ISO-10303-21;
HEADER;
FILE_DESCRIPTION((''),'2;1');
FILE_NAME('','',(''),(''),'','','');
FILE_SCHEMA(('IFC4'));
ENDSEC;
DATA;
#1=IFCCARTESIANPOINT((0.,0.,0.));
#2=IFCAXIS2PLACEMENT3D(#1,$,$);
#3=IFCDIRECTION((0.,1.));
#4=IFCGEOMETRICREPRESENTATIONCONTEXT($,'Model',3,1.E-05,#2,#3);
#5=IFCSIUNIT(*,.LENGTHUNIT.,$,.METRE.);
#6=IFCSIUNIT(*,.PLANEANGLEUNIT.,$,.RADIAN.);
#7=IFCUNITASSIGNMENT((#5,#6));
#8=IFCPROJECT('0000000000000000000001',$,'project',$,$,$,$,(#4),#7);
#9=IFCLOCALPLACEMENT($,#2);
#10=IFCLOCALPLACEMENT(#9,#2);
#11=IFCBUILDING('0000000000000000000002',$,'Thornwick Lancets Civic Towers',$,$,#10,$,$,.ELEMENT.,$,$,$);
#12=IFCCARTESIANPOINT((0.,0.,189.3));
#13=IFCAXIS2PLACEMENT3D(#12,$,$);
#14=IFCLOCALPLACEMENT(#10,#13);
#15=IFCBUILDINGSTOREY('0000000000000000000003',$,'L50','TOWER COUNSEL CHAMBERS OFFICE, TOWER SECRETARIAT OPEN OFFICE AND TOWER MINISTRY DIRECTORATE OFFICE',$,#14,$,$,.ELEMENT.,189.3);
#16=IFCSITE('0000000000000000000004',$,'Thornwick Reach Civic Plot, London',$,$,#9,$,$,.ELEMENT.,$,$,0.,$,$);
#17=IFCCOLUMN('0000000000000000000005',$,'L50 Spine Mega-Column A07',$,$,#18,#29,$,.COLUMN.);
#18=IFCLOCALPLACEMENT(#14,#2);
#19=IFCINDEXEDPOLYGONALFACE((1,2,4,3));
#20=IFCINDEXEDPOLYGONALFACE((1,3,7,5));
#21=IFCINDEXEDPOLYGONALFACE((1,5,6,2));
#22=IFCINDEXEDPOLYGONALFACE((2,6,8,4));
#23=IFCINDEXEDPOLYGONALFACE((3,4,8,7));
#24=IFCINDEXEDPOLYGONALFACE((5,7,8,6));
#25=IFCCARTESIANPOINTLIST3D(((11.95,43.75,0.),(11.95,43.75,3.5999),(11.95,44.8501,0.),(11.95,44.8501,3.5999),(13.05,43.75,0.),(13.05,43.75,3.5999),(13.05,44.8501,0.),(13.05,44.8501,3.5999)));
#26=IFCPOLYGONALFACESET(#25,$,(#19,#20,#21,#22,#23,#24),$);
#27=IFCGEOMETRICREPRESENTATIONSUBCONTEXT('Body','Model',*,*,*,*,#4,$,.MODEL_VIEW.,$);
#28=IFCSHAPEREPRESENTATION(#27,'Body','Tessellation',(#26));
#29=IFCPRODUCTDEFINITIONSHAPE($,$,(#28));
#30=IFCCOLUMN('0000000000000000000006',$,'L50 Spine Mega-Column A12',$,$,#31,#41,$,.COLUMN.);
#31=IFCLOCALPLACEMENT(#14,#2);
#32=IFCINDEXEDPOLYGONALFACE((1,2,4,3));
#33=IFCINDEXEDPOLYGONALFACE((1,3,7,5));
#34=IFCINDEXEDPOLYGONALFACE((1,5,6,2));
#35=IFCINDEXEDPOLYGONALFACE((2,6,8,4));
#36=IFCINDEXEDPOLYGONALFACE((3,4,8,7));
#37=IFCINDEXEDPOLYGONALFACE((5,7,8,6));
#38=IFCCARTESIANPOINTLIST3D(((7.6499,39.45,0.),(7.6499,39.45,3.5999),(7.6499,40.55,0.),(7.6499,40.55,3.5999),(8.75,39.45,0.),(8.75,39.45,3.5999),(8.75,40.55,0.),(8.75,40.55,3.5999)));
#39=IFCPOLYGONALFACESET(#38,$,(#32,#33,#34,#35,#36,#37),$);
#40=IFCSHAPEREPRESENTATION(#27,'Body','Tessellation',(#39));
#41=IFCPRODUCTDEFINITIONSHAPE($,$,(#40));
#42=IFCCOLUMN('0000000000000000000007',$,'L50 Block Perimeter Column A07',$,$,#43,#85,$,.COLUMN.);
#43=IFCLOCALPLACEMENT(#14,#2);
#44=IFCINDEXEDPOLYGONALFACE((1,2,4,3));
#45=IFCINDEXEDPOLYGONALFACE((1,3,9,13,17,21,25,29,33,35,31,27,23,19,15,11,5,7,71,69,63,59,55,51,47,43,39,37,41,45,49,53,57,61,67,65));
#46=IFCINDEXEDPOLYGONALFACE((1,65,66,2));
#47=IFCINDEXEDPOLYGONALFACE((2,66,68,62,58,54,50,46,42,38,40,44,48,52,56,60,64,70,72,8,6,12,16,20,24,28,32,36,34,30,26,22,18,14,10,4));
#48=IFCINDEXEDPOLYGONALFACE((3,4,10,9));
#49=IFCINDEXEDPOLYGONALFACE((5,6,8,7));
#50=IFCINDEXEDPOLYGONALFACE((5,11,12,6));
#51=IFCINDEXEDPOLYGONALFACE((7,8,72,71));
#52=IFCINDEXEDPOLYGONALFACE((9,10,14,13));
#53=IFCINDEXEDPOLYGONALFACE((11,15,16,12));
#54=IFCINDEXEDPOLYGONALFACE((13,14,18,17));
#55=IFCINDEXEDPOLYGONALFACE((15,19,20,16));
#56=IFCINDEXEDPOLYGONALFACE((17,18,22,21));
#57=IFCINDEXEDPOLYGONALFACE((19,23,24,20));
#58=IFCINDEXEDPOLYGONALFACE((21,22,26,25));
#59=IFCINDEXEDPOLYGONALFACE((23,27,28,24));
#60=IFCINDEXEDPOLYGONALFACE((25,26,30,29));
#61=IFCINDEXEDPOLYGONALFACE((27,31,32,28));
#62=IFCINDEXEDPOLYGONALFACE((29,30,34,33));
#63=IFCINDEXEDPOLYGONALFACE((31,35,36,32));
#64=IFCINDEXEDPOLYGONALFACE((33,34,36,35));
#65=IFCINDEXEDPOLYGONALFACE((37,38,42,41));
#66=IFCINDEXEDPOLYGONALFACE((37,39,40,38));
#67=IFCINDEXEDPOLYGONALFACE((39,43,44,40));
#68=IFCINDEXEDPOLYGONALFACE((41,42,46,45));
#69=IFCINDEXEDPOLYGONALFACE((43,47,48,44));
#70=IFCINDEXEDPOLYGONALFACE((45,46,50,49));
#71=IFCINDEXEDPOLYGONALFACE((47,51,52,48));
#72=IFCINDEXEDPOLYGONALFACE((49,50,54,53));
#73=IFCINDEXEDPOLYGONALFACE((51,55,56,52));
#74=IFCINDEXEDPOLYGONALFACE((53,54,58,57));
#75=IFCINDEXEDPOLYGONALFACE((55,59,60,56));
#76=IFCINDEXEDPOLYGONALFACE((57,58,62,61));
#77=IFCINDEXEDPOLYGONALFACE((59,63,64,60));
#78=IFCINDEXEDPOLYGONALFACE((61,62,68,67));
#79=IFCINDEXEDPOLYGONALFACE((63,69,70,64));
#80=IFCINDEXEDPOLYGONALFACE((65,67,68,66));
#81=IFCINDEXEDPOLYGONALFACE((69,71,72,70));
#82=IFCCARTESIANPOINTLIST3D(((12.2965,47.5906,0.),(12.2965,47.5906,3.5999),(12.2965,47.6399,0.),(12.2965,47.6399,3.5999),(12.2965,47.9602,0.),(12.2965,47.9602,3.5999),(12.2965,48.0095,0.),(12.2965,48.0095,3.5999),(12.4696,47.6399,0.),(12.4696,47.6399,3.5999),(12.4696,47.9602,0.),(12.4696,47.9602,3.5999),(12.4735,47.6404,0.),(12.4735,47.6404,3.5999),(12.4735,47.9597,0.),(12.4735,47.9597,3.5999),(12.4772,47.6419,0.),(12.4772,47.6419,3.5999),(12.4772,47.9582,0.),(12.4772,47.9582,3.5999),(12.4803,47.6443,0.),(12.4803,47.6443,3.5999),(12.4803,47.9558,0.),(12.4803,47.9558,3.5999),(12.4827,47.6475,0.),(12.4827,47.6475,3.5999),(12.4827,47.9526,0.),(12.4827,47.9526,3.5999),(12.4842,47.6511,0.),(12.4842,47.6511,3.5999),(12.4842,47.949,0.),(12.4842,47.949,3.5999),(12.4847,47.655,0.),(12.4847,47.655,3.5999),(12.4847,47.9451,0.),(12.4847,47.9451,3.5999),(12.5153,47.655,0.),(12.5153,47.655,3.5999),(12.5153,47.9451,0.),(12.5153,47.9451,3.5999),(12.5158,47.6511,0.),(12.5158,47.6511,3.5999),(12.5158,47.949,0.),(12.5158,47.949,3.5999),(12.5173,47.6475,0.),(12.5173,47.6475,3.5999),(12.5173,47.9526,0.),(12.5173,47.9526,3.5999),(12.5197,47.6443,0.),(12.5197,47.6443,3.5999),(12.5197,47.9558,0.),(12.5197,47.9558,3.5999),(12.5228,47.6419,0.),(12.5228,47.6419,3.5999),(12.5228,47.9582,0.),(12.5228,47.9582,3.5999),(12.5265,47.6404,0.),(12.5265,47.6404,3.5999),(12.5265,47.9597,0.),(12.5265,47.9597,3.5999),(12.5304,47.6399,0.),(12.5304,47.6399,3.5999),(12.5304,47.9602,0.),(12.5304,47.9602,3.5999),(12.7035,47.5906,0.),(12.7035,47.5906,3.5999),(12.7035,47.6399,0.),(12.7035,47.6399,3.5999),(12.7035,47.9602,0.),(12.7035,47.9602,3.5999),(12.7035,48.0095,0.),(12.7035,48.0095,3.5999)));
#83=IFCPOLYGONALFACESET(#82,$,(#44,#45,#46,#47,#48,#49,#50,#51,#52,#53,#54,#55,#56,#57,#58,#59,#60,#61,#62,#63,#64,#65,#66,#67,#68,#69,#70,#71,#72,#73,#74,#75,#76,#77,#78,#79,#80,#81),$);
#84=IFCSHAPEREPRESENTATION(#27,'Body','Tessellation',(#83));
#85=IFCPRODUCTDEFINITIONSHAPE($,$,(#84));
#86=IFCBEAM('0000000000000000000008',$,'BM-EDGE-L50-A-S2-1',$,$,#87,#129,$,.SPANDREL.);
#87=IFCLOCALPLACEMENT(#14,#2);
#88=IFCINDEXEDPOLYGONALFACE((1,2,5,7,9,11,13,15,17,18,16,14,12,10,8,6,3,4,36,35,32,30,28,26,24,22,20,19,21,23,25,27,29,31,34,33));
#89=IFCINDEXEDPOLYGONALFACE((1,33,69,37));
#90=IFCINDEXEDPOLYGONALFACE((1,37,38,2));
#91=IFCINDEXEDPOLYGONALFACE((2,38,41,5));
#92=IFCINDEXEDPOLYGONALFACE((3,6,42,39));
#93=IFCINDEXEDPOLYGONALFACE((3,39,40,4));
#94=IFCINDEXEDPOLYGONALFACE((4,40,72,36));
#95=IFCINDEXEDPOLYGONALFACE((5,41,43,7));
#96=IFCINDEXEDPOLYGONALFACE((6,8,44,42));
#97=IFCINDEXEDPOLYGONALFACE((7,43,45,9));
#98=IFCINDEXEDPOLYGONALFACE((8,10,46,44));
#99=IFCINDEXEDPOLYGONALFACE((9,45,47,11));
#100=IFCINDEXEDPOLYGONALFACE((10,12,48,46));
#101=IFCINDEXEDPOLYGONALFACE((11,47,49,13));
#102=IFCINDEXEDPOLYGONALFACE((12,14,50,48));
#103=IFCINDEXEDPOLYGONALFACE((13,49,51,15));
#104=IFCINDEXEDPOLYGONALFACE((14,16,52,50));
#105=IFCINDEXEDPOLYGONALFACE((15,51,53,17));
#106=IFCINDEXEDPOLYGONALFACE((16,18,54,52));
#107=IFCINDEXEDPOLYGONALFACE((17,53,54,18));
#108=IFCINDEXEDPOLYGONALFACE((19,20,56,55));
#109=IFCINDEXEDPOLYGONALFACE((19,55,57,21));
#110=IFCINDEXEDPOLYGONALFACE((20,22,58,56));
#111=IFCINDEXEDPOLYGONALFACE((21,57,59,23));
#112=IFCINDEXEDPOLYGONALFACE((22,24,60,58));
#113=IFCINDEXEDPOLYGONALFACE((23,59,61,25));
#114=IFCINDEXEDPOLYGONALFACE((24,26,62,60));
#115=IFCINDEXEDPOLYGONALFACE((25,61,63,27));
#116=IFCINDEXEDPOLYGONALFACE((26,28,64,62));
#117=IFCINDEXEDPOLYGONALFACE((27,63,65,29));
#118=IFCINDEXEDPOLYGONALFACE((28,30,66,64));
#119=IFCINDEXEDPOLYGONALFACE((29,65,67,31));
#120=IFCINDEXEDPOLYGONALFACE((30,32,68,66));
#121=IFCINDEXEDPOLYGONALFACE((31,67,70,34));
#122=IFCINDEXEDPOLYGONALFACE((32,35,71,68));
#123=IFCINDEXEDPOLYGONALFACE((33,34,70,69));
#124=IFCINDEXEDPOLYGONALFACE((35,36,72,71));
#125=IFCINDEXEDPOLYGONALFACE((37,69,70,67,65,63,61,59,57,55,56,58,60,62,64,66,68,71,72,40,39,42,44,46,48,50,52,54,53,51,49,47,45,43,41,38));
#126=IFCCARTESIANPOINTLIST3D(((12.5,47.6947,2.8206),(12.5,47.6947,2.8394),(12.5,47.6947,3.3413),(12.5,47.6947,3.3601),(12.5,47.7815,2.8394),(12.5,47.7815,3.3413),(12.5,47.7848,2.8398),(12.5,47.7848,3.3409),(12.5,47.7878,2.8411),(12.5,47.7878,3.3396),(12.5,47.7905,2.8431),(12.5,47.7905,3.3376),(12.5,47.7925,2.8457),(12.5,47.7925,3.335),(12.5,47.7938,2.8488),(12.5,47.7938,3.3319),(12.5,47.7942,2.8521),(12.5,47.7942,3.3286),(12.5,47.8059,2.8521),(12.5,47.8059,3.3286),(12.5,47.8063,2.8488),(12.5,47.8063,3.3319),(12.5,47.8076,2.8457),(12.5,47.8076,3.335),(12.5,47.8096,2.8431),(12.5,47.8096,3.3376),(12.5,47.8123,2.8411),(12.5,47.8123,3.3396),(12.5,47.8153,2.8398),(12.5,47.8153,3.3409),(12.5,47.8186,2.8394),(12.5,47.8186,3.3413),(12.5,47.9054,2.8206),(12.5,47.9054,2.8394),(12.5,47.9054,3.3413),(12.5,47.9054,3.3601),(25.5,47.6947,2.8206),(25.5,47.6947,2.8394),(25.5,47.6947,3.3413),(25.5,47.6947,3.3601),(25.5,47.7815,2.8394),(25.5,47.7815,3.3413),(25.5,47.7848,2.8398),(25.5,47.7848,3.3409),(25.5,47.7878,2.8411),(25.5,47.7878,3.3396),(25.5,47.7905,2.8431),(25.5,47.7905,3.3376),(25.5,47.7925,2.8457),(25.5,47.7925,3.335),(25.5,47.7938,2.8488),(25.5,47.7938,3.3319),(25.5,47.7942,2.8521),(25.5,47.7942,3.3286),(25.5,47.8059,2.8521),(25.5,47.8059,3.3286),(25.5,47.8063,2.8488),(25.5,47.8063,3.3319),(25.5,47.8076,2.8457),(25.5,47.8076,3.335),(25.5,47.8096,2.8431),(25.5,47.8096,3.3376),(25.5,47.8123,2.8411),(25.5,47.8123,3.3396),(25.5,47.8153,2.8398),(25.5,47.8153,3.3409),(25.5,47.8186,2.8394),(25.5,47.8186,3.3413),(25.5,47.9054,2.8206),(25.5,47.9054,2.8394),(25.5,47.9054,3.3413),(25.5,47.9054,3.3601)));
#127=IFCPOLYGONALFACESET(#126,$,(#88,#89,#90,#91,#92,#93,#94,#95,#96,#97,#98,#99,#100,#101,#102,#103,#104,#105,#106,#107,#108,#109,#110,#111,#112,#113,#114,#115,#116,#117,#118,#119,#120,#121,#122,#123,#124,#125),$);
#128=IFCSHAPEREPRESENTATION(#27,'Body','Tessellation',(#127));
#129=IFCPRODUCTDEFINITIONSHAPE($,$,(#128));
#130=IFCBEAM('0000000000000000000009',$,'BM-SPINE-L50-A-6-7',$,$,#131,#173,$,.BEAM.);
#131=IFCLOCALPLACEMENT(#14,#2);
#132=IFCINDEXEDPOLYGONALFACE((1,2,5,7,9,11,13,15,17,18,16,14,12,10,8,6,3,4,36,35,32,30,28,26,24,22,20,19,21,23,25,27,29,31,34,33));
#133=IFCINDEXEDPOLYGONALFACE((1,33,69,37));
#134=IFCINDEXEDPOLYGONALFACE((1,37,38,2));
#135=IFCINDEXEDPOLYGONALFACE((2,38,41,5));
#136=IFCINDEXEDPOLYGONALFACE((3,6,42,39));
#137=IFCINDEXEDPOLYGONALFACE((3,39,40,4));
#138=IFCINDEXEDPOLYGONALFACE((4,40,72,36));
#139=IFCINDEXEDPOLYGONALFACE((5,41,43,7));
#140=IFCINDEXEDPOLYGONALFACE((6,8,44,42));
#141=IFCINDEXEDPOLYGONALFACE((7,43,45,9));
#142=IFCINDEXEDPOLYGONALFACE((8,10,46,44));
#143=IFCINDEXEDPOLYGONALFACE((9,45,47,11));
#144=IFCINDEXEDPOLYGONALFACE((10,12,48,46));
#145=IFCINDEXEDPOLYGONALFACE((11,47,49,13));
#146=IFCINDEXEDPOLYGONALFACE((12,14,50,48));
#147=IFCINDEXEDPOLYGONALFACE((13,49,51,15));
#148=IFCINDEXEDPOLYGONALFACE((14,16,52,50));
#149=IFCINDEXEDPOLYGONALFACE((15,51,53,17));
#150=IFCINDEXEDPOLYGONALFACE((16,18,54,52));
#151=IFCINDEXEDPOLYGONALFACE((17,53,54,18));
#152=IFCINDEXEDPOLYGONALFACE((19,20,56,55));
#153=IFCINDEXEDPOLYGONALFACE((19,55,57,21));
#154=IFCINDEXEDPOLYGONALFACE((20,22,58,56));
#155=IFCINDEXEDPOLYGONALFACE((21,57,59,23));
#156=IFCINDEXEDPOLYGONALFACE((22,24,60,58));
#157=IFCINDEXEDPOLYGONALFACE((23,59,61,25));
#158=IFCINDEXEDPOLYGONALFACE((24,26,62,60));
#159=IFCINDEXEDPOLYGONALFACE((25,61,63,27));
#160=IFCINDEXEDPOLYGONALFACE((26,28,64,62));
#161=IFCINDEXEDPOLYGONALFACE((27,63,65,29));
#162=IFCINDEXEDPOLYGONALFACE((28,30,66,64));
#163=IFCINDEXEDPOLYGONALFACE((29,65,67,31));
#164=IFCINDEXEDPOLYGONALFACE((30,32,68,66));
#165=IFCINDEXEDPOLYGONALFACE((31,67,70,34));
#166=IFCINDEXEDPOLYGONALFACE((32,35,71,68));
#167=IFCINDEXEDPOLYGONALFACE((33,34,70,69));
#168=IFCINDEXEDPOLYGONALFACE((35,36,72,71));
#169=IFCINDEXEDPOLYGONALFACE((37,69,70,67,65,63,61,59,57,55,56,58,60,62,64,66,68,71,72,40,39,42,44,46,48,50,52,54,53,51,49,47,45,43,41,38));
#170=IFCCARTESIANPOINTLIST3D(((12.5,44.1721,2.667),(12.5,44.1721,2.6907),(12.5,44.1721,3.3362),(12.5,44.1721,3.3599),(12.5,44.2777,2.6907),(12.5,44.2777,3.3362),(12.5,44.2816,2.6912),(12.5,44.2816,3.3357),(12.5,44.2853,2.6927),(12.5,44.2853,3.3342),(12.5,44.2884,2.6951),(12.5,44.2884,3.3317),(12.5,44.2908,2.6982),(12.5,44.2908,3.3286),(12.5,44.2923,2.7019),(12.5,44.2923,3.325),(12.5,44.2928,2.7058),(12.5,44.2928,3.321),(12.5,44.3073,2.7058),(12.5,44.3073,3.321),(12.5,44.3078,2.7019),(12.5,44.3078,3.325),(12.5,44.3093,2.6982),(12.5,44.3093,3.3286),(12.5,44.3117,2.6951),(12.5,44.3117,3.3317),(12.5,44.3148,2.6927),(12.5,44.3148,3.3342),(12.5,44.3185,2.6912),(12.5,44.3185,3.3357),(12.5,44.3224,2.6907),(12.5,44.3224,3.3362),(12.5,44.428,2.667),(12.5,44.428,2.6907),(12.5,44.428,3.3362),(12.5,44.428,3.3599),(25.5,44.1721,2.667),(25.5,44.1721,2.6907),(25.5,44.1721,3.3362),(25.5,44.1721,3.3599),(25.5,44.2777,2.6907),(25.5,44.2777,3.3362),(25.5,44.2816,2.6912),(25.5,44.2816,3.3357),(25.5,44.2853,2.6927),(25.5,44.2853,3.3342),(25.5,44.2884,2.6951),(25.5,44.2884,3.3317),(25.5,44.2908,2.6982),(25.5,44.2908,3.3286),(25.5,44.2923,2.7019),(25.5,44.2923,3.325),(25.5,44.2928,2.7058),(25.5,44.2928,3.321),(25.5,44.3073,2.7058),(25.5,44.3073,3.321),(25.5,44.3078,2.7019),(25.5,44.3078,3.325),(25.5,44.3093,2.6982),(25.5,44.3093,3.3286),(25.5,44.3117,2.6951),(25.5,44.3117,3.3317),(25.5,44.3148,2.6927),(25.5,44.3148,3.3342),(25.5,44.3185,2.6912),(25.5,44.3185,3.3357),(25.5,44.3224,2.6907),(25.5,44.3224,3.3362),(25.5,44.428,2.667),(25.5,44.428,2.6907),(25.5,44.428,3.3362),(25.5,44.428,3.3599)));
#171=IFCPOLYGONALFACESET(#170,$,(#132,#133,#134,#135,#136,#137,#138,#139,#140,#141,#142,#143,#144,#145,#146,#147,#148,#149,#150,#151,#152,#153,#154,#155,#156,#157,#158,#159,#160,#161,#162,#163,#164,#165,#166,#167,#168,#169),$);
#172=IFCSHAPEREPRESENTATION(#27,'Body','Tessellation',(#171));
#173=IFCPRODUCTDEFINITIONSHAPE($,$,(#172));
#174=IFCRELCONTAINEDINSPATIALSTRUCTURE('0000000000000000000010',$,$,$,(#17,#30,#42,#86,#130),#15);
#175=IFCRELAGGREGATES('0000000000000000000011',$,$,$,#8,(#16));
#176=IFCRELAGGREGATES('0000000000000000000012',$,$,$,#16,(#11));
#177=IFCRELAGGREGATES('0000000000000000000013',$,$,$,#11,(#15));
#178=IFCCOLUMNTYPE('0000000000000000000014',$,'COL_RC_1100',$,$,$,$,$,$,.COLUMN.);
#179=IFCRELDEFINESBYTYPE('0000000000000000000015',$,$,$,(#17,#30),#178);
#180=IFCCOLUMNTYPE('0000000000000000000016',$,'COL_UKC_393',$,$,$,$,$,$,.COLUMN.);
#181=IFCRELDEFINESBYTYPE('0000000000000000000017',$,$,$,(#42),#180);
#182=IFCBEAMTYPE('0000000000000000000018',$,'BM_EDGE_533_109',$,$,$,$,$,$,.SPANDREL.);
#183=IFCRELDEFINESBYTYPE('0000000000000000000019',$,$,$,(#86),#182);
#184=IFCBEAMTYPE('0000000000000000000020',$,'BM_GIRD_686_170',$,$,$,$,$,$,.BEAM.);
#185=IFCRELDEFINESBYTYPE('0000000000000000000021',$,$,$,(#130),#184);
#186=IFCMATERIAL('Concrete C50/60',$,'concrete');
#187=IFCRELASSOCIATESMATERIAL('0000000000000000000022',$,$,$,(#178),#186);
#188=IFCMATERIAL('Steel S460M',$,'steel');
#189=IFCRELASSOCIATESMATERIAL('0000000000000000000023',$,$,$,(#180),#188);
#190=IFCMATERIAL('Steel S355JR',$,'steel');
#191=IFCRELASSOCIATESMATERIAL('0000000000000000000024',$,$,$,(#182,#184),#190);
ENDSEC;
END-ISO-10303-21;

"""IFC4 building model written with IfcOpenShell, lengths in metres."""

from ifc_helpers import new_model, si_unit, direction, frame, origin, origin_2d, place, context, subcontext, project, spatial, rectangle, i_section, extrude, material, material_profile, profile_set, type_object, element, save


model = new_model("IFC4")

# Units and contexts
model_context = context("Model", 3, precision=1e-05, world=origin(), true_north=direction((0.0, 1.0)))
body_context = subcontext(model_context, "Body", "Model", "MODEL_VIEW")
ifc_project = project(units=[si_unit("LENGTHUNIT", "METRE"), si_unit("PLANEANGLEUNIT", "RADIAN")], contexts=[model_context])

# Site, building, storey
site_placement = place(None, origin())
site = spatial("IfcSite", under=ifc_project, at=site_placement, Name="Thornwick Reach Civic Plot, London", CompositionType="ELEMENT", RefElevation=0.0)
building_placement = place(site_placement, origin())
building = spatial("IfcBuilding", under=site, at=building_placement, Name="Thornwick Lancets Civic Towers", CompositionType="ELEMENT")
storey_placement = place(building_placement, frame((0.0, 0.0, 189.3)))
storey = spatial("IfcBuildingStorey", under=building, at=storey_placement, Name="L50", Description="TOWER COUNSEL CHAMBERS OFFICE, TOWER SECRETARIAT OPEN OFFICE AND TOWER MINISTRY DIRECTORATE OFFICE", CompositionType="ELEMENT", Elevation=189.3)

# Columns
ifc_material_1 = material(Name="Concrete C50/60", Category="concrete")
ifc_material_profile_1 = material_profile(ifc_material_1, rectangle(XDim=1.1001, YDim=1.1001, at=origin_2d()), Name="RC 1100x1100")
ifc_profile_set_1 = profile_set([ifc_material_profile_1], Name="Concrete C50/60")
column_type_1 = type_object("IfcColumnType", Name="COL_RC_1100", PredefinedType="COLUMN", material=ifc_profile_set_1)
for number, where, z_axis, x_axis, name in (
    (1, (12.5, 44.3, 0.0), (0.0, 0.0, 1.0), (1.0, 0.0, 0.0), "L50 Spine Mega-Column A07"),
    (2, (8.2, 40.0, 0.0), (0.0, 0.0, 1.0), (1.0, 0.0, 0.0), "L50 Spine Mega-Column A12"),
):
    element("IfcColumn", number, at=place(storey_placement, frame(where, z_axis=z_axis, x_axis=x_axis)), inside=storey, type_object=column_type_1, Name=name, PredefinedType="COLUMN", context=body_context, shape_type="SweptSolid", body=[
        extrude(rectangle(XDim=1.1001, YDim=1.1001, at=origin_2d()), origin(), (0.0, 0.0, 1.0), 3.5999),
    ])
ifc_material_2 = material(Name="Steel S460M", Category="steel")
ifc_material_profile_2 = material_profile(ifc_material_2, i_section(OverallWidth=0.407, OverallDepth=0.4189, WebThickness=0.0305, FlangeThickness=0.0493, FilletRadius=0.0151, at=origin_2d()), Name="UKC 356x406x393")
ifc_profile_set_2 = profile_set([ifc_material_profile_2], Name="Steel S460M")
column_type_2 = type_object("IfcColumnType", Name="COL_UKC_393", PredefinedType="COLUMN", material=ifc_profile_set_2)
column_placement = place(storey_placement, frame((12.5, 47.8, 0.0), z_axis=(0.0, 0.0, 1.0), x_axis=(1.0, 0.0, 0.0)))
element("IfcColumn", 3, at=column_placement, inside=storey, type_object=column_type_2, Name="L50 Block Perimeter Column A07", PredefinedType="COLUMN", context=body_context, shape_type="SweptSolid", body=[
    extrude(i_section(OverallWidth=0.407, OverallDepth=0.4189, WebThickness=0.0305, FlangeThickness=0.0493, FilletRadius=0.0151, at=origin_2d()), origin(), (0.0, 0.0, 1.0), 3.5999),
])

# Beams
ifc_material_3 = material(Name="Steel S355JR", Category="steel")
ifc_material_profile_3 = material_profile(ifc_material_3, i_section(OverallWidth=0.2107, OverallDepth=0.5396, WebThickness=0.0117, FlangeThickness=0.0188, FilletRadius=0.0127, at=origin_2d()), Name="UKB 533x210x109")
ifc_profile_set_3 = profile_set([ifc_material_profile_3], Name="Steel S355JR")
beam_type_1 = type_object("IfcBeamType", Name="BM_EDGE_533_109", PredefinedType="SPANDREL", material=ifc_profile_set_3)
beam_1_placement = place(storey_placement, frame((12.5, 47.8, 3.0903), z_axis=(1.0, 0.0, 0.0), x_axis=(0.0, 1.0, 0.0)))
element("IfcBeam", 4, at=beam_1_placement, inside=storey, type_object=beam_type_1, Name="BM-EDGE-L50-A-S2-1", PredefinedType="SPANDREL", context=body_context, shape_type="SweptSolid", body=[
    extrude(i_section(OverallWidth=0.2107, OverallDepth=0.5396, WebThickness=0.0117, FlangeThickness=0.0188, FilletRadius=0.0127, at=origin_2d()), origin(), (0.0, 0.0, 1.0), 13.0),
])
ifc_material_profile_4 = material_profile(ifc_material_3, i_section(OverallWidth=0.2559, OverallDepth=0.6929, WebThickness=0.0144, FlangeThickness=0.0237, FilletRadius=0.0151, at=origin_2d()), Name="UKB 686x254x170")
ifc_profile_set_4 = profile_set([ifc_material_profile_4], Name="Steel S355JR")
beam_type_2 = type_object("IfcBeamType", Name="BM_GIRD_686_170", PredefinedType="BEAM", material=ifc_profile_set_4)
beam_2_placement = place(storey_placement, frame((12.5, 44.3, 3.0134), z_axis=(1.0, 0.0, 0.0), x_axis=(0.0, 1.0, 0.0)))
element("IfcBeam", 5, at=beam_2_placement, inside=storey, type_object=beam_type_2, Name="BM-SPINE-L50-A-6-7", PredefinedType="BEAM", context=body_context, shape_type="SweptSolid", body=[
    extrude(i_section(OverallWidth=0.2559, OverallDepth=0.6929, WebThickness=0.0144, FlangeThickness=0.0237, FilletRadius=0.0151, at=origin_2d()), origin(), (0.0, 0.0, 1.0), 13.0),
])

save(model, "model.ifc")
